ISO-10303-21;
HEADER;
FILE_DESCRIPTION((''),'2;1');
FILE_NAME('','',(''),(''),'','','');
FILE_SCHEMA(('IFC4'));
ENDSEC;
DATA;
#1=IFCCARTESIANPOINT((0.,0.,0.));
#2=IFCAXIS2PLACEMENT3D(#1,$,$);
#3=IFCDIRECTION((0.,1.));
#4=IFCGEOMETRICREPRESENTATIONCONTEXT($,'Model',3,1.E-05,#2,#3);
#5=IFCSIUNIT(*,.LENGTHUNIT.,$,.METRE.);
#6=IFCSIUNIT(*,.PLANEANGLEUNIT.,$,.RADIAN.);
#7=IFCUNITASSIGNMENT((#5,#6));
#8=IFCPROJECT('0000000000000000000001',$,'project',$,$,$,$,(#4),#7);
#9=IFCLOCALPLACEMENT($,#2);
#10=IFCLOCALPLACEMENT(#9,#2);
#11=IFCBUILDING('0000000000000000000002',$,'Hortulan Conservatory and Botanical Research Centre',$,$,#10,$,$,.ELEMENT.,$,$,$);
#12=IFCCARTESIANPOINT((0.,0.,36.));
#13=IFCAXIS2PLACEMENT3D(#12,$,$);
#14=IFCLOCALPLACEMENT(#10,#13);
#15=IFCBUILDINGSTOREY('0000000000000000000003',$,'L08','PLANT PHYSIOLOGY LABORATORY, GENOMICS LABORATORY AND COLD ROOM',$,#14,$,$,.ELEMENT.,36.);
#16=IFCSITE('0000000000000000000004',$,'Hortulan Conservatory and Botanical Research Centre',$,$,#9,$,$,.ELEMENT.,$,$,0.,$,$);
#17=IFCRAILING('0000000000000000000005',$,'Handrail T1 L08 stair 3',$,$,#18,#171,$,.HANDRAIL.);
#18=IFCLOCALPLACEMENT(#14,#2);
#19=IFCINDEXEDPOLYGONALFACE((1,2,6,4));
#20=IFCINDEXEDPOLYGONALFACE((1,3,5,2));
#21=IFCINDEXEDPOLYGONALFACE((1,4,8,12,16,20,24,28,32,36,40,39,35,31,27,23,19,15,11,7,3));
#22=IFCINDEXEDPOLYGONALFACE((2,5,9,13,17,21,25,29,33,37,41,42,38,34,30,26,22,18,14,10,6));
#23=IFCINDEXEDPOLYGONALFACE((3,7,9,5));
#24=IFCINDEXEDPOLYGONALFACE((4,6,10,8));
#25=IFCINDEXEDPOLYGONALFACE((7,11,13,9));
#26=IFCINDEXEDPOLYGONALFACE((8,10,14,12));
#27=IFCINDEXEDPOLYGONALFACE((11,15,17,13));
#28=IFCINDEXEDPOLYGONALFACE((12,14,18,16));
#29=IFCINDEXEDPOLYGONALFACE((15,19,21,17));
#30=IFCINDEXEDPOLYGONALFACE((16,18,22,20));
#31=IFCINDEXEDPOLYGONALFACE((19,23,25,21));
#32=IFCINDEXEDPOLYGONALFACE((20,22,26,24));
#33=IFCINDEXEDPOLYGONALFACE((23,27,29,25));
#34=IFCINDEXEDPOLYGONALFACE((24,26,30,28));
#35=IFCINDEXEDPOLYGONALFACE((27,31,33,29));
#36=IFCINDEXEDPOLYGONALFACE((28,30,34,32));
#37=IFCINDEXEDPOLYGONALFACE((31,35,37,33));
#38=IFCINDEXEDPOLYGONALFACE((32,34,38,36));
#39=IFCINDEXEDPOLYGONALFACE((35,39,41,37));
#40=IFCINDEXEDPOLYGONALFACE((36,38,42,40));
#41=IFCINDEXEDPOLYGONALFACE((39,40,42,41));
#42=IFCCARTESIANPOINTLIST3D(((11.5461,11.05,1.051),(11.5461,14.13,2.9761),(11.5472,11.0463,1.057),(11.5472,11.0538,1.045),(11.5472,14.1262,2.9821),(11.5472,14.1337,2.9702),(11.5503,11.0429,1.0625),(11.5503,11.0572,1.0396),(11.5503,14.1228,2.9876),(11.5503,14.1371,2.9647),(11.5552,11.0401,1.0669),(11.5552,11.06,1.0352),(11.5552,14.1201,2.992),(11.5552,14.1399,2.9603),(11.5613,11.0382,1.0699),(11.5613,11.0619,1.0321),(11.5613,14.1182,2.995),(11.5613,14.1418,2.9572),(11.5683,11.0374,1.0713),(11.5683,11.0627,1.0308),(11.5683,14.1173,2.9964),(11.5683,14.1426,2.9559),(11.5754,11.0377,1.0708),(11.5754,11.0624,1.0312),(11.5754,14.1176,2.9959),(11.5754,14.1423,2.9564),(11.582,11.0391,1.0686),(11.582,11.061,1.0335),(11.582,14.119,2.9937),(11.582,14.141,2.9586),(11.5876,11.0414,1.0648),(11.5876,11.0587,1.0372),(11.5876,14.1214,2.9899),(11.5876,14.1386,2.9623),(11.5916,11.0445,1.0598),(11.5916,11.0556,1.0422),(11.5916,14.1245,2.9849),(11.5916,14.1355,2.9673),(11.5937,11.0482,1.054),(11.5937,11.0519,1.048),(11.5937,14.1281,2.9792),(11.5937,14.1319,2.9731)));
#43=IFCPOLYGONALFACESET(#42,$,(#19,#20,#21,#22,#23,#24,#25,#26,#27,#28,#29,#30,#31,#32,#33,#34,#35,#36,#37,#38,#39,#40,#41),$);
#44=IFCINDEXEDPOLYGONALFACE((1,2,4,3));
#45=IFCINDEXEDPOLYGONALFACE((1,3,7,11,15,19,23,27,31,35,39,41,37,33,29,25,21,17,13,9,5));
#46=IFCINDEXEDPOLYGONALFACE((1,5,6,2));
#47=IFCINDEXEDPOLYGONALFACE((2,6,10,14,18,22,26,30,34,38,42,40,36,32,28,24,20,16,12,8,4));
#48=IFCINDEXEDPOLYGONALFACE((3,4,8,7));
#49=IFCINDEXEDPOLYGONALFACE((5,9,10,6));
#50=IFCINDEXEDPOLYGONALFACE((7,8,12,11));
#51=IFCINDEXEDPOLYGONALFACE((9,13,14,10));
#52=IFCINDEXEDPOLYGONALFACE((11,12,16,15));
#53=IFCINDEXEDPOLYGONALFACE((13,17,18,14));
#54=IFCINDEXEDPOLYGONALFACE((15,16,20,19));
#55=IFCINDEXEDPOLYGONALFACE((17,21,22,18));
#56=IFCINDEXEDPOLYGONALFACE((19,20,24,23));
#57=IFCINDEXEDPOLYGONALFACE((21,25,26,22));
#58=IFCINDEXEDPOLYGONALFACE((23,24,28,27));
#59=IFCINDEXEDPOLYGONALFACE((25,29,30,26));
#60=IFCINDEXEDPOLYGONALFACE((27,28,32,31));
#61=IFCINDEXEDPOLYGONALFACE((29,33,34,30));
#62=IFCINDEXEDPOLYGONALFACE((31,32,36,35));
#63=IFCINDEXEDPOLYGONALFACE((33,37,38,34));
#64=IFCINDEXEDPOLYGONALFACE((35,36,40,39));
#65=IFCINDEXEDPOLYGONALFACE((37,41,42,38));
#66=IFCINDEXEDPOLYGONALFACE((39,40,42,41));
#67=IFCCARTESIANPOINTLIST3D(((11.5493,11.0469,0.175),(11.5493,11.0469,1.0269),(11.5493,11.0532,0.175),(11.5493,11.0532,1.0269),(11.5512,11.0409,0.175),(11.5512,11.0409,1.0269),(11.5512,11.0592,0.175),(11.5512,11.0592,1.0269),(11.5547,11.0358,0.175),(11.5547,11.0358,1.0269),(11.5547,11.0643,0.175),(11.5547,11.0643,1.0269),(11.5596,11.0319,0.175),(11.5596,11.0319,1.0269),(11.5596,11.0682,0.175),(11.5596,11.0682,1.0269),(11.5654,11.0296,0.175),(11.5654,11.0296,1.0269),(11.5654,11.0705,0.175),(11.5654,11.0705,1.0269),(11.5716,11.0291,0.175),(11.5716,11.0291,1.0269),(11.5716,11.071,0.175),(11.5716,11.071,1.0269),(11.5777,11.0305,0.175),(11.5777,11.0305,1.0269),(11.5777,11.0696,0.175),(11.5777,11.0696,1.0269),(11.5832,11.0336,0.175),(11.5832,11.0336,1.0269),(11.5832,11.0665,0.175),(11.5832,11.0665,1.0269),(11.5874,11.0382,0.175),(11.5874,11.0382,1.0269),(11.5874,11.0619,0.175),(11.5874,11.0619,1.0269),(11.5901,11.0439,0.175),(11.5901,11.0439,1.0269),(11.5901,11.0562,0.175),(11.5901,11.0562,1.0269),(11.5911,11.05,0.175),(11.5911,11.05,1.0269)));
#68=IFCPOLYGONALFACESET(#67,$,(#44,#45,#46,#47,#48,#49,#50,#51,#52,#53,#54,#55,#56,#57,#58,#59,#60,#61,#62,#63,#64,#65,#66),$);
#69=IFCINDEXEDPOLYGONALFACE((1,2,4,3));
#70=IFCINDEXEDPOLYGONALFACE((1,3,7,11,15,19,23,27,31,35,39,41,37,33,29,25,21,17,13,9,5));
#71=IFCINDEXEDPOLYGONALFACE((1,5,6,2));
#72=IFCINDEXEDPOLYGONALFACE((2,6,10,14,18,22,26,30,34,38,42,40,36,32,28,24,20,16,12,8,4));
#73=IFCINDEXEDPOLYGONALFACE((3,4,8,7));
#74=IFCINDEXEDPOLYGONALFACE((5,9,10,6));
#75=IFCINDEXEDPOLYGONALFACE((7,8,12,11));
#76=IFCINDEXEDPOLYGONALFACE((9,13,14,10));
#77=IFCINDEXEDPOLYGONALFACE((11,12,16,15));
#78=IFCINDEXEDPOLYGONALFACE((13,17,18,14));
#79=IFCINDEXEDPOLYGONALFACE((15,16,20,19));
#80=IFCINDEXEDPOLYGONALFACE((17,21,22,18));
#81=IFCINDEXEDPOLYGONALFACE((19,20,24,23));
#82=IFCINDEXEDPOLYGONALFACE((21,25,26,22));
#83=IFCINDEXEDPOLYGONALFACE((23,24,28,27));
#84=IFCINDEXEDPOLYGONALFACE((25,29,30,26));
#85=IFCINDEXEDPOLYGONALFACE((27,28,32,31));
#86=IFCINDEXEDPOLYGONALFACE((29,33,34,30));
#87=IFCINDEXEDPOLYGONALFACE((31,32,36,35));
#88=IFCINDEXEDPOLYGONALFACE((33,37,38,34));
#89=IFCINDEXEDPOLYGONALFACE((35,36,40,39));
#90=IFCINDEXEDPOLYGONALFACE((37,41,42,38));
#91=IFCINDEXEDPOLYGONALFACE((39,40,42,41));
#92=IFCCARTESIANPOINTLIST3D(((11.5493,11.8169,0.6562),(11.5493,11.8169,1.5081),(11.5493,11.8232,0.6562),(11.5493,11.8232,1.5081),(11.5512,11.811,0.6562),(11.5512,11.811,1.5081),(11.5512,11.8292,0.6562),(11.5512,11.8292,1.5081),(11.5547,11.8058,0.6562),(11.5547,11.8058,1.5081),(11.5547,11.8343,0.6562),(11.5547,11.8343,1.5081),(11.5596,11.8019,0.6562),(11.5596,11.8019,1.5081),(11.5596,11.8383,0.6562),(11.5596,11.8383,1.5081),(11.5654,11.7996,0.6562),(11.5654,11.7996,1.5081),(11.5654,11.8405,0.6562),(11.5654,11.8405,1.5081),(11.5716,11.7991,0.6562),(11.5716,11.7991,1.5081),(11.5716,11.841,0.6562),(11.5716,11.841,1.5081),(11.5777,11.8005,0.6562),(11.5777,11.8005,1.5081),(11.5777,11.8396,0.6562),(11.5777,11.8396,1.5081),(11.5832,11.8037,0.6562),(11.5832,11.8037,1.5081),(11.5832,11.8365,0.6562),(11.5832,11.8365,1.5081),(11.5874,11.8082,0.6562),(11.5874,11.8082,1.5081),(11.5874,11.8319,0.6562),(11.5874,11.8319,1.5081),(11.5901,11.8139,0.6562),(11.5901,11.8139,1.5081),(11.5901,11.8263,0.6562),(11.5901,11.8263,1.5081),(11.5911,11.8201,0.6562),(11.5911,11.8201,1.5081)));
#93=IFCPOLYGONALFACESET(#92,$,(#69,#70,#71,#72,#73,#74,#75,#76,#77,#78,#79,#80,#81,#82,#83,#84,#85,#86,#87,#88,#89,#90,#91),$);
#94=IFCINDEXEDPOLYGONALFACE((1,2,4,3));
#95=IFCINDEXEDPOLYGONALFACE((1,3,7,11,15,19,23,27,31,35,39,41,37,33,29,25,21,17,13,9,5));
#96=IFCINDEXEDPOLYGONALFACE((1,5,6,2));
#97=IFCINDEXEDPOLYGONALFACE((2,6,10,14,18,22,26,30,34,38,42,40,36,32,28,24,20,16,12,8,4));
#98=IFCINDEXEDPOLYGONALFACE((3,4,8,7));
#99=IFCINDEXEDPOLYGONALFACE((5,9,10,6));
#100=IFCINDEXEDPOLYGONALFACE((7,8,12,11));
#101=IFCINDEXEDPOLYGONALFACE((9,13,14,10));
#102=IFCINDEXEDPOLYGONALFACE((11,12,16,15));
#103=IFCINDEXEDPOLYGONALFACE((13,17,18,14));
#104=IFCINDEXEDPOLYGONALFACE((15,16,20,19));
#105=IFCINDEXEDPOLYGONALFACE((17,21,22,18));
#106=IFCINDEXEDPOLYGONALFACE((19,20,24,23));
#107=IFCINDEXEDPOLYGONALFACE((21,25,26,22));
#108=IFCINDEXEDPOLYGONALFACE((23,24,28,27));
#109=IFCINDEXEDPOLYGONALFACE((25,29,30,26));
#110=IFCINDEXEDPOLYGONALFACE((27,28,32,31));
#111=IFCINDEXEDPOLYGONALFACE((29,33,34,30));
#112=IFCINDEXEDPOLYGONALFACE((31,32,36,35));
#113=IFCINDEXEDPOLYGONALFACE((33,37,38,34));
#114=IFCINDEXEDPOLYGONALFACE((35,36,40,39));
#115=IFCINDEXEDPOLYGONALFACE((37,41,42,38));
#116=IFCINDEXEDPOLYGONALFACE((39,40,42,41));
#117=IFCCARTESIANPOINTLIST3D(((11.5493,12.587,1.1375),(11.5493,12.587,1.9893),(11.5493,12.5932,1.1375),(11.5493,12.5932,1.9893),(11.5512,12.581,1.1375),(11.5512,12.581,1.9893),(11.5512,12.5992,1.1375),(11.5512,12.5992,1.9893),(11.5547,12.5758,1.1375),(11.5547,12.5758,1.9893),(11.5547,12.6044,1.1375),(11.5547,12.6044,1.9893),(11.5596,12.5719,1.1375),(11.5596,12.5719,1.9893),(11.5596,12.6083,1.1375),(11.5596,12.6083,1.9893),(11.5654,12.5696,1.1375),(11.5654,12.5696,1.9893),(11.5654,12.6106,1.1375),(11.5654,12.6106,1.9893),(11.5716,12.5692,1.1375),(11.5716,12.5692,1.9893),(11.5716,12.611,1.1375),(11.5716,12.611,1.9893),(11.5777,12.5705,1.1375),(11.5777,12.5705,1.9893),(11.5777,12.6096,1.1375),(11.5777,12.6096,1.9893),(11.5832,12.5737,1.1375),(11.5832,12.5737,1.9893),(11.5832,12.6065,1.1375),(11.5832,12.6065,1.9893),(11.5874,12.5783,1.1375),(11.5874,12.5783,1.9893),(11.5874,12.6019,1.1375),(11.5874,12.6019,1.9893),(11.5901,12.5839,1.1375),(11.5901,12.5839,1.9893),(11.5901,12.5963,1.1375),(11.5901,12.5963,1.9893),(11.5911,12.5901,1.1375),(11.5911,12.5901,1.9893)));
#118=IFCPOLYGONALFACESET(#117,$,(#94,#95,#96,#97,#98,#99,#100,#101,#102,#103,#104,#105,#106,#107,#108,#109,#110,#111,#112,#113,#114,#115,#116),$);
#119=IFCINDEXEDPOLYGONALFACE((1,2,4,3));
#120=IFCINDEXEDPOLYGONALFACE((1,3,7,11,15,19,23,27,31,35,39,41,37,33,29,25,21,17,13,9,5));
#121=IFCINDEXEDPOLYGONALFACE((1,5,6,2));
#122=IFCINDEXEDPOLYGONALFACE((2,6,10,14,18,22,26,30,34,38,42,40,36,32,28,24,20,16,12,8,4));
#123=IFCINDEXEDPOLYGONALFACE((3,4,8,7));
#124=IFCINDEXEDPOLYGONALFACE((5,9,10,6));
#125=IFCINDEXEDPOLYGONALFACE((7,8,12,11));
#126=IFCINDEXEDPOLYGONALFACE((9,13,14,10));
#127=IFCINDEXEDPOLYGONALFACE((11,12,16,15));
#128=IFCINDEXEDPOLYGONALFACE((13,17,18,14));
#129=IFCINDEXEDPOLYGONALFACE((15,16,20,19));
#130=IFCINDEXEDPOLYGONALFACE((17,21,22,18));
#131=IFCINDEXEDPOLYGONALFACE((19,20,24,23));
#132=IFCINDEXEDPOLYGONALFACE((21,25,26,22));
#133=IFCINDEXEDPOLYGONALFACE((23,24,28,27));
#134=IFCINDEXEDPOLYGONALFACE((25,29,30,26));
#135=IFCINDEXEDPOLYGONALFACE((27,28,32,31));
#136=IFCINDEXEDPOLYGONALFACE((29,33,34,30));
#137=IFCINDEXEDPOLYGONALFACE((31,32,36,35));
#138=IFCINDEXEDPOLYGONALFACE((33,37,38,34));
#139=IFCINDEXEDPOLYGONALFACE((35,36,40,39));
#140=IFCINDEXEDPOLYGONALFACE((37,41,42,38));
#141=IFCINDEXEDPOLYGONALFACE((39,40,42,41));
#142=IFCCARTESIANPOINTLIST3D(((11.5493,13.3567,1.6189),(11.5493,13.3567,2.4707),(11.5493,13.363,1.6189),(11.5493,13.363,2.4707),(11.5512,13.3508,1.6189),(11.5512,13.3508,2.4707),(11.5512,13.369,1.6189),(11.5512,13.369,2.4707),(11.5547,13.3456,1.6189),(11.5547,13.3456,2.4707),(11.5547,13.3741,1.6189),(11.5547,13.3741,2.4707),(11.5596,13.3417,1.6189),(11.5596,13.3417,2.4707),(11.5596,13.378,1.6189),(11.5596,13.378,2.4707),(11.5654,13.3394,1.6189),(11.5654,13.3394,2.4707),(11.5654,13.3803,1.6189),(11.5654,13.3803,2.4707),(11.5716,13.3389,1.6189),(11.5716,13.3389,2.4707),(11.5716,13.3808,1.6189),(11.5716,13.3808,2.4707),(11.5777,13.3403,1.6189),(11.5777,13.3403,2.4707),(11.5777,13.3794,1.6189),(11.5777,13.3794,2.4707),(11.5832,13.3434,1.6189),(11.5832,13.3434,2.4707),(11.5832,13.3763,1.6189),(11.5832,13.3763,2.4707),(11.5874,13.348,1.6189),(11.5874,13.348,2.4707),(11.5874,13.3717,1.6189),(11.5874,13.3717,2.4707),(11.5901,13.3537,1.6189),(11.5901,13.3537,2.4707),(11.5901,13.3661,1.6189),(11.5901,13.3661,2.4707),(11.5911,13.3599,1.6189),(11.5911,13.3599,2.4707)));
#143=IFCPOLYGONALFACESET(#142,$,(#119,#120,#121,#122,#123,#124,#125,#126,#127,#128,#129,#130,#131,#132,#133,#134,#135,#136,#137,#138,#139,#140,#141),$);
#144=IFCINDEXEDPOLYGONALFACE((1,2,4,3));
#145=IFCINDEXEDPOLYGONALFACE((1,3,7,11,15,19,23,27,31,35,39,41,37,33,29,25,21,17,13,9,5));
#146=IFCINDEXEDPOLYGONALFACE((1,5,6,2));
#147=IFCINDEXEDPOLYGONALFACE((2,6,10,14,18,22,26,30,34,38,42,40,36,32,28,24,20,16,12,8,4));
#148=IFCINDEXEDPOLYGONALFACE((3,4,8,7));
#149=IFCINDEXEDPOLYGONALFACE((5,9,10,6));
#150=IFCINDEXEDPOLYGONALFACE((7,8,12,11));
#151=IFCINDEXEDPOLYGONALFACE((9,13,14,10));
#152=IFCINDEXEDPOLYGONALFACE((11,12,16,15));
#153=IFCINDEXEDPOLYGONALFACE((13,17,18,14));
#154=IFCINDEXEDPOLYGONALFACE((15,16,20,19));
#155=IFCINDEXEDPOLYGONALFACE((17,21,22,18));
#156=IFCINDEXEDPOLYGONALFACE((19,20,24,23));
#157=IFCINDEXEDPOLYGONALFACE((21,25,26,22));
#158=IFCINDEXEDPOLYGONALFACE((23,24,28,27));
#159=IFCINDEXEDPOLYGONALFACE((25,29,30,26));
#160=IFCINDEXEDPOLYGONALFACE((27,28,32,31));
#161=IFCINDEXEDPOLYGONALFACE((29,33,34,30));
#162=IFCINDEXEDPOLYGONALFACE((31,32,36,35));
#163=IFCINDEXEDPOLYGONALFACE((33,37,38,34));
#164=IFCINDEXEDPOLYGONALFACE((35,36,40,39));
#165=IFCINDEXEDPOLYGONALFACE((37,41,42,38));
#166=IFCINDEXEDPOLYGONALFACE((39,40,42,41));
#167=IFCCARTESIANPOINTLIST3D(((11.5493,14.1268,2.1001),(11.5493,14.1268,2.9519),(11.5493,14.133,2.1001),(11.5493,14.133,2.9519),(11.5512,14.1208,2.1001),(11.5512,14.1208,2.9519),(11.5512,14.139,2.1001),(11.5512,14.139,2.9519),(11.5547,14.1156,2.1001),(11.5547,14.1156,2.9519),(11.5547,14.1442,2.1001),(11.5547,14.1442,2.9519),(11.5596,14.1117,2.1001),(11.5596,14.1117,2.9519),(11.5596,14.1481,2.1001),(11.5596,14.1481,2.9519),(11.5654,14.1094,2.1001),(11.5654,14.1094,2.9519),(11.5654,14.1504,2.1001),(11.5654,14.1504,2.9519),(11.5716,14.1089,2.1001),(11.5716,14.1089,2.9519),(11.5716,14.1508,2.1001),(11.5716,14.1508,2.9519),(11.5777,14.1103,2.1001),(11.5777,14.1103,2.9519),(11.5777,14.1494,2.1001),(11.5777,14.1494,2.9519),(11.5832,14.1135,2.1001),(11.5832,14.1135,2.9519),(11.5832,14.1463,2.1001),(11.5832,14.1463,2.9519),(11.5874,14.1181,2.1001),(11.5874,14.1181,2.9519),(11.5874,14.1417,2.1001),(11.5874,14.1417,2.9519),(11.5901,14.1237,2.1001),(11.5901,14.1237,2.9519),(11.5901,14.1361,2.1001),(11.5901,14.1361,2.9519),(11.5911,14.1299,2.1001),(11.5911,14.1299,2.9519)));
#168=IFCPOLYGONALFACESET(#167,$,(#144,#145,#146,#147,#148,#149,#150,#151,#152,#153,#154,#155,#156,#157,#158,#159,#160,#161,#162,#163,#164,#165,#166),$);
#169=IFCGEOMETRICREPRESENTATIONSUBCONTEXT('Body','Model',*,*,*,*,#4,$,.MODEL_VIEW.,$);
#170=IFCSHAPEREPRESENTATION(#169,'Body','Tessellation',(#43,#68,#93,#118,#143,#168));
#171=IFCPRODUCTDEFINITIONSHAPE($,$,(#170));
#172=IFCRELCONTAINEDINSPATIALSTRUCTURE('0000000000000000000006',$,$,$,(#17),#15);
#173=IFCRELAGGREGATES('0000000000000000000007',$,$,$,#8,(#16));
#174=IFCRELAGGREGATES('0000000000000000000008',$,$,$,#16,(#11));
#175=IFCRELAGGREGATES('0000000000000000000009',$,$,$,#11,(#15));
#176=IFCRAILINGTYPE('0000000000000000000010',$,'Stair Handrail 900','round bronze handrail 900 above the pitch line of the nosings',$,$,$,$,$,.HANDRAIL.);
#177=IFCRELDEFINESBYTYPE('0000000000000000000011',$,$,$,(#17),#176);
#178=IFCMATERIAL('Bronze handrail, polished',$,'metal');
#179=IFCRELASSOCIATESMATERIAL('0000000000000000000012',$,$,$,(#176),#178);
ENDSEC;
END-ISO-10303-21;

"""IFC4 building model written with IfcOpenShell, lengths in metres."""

from ifc_helpers import new_model, si_unit, direction, frame, origin, origin_2d, place, context, subcontext, project, spatial, circle, extrude, material, type_object, element, save


model = new_model("IFC4")

# Units and contexts
model_context = context("Model", 3, precision=1e-05, world=origin(), true_north=direction((0.0, 1.0)))
body_context = subcontext(model_context, "Body", "Model", "MODEL_VIEW")
ifc_project = project(units=[si_unit("LENGTHUNIT", "METRE"), si_unit("PLANEANGLEUNIT", "RADIAN")], contexts=[model_context])

# Site, building, storey
site_placement = place(None, origin())
site = spatial("IfcSite", under=ifc_project, at=site_placement, Name="Hortulan Conservatory and Botanical Research Centre", CompositionType="ELEMENT", RefElevation=0.0)
building_placement = place(site_placement, origin())
building = spatial("IfcBuilding", under=site, at=building_placement, Name="Hortulan Conservatory and Botanical Research Centre", CompositionType="ELEMENT")
storey_placement = place(building_placement, frame((0.0, 0.0, 36.0)))
storey = spatial("IfcBuildingStorey", under=building, at=storey_placement, Name="L08", Description="PLANT PHYSIOLOGY LABORATORY, GENOMICS LABORATORY AND COLD ROOM", CompositionType="ELEMENT", Elevation=36.0)

# Railing
ifc_material_1 = material(Name="Bronze handrail, polished", Category="metal")
railing_type_1 = type_object("IfcRailingType", Name="Stair Handrail 900", Description="round bronze handrail 900 above the pitch line of the nosings", PredefinedType="HANDRAIL", material=ifc_material_1)
railing_1_placement = place(storey_placement, frame((11.5701, 11.05, 0.175)))
element("IfcRailing", 1, at=railing_1_placement, inside=storey, type_object=railing_type_1, Name="Handrail T1 L08 stair 3", PredefinedType="HANDRAIL", context=body_context, shape_type="SweptSolid", body=[
    extrude(circle(Radius=0.0239, at=origin_2d()), frame((0.0, 0.0, 0.876), z_axis=(0.0, 0.847979, 0.530029), x_axis=(-1.0, 0.0, 0.0)), (0.0, 0.0, 1.0), 3.6321),
    extrude(circle(Radius=0.021, at=origin_2d()), origin(), (0.0, 0.0, 1.0), 0.8518),
    extrude(circle(Radius=0.021, at=origin_2d()), frame((0.0, 0.77, 0.4812)), (0.0, 0.0, 1.0), 0.8518),
    extrude(circle(Radius=0.021, at=origin_2d()), frame((0.0, 1.54, 0.9624)), (0.0, 0.0, 1.0), 0.8518),
    extrude(circle(Radius=0.021, at=origin_2d()), frame((0.0, 2.3098, 1.4438)), (0.0, 0.0, 1.0), 0.8518),
    extrude(circle(Radius=0.021, at=origin_2d()), frame((0.0, 3.0798, 1.925)), (0.0, 0.0, 1.0), 0.8518),
])

save(model, "model.ifc")
